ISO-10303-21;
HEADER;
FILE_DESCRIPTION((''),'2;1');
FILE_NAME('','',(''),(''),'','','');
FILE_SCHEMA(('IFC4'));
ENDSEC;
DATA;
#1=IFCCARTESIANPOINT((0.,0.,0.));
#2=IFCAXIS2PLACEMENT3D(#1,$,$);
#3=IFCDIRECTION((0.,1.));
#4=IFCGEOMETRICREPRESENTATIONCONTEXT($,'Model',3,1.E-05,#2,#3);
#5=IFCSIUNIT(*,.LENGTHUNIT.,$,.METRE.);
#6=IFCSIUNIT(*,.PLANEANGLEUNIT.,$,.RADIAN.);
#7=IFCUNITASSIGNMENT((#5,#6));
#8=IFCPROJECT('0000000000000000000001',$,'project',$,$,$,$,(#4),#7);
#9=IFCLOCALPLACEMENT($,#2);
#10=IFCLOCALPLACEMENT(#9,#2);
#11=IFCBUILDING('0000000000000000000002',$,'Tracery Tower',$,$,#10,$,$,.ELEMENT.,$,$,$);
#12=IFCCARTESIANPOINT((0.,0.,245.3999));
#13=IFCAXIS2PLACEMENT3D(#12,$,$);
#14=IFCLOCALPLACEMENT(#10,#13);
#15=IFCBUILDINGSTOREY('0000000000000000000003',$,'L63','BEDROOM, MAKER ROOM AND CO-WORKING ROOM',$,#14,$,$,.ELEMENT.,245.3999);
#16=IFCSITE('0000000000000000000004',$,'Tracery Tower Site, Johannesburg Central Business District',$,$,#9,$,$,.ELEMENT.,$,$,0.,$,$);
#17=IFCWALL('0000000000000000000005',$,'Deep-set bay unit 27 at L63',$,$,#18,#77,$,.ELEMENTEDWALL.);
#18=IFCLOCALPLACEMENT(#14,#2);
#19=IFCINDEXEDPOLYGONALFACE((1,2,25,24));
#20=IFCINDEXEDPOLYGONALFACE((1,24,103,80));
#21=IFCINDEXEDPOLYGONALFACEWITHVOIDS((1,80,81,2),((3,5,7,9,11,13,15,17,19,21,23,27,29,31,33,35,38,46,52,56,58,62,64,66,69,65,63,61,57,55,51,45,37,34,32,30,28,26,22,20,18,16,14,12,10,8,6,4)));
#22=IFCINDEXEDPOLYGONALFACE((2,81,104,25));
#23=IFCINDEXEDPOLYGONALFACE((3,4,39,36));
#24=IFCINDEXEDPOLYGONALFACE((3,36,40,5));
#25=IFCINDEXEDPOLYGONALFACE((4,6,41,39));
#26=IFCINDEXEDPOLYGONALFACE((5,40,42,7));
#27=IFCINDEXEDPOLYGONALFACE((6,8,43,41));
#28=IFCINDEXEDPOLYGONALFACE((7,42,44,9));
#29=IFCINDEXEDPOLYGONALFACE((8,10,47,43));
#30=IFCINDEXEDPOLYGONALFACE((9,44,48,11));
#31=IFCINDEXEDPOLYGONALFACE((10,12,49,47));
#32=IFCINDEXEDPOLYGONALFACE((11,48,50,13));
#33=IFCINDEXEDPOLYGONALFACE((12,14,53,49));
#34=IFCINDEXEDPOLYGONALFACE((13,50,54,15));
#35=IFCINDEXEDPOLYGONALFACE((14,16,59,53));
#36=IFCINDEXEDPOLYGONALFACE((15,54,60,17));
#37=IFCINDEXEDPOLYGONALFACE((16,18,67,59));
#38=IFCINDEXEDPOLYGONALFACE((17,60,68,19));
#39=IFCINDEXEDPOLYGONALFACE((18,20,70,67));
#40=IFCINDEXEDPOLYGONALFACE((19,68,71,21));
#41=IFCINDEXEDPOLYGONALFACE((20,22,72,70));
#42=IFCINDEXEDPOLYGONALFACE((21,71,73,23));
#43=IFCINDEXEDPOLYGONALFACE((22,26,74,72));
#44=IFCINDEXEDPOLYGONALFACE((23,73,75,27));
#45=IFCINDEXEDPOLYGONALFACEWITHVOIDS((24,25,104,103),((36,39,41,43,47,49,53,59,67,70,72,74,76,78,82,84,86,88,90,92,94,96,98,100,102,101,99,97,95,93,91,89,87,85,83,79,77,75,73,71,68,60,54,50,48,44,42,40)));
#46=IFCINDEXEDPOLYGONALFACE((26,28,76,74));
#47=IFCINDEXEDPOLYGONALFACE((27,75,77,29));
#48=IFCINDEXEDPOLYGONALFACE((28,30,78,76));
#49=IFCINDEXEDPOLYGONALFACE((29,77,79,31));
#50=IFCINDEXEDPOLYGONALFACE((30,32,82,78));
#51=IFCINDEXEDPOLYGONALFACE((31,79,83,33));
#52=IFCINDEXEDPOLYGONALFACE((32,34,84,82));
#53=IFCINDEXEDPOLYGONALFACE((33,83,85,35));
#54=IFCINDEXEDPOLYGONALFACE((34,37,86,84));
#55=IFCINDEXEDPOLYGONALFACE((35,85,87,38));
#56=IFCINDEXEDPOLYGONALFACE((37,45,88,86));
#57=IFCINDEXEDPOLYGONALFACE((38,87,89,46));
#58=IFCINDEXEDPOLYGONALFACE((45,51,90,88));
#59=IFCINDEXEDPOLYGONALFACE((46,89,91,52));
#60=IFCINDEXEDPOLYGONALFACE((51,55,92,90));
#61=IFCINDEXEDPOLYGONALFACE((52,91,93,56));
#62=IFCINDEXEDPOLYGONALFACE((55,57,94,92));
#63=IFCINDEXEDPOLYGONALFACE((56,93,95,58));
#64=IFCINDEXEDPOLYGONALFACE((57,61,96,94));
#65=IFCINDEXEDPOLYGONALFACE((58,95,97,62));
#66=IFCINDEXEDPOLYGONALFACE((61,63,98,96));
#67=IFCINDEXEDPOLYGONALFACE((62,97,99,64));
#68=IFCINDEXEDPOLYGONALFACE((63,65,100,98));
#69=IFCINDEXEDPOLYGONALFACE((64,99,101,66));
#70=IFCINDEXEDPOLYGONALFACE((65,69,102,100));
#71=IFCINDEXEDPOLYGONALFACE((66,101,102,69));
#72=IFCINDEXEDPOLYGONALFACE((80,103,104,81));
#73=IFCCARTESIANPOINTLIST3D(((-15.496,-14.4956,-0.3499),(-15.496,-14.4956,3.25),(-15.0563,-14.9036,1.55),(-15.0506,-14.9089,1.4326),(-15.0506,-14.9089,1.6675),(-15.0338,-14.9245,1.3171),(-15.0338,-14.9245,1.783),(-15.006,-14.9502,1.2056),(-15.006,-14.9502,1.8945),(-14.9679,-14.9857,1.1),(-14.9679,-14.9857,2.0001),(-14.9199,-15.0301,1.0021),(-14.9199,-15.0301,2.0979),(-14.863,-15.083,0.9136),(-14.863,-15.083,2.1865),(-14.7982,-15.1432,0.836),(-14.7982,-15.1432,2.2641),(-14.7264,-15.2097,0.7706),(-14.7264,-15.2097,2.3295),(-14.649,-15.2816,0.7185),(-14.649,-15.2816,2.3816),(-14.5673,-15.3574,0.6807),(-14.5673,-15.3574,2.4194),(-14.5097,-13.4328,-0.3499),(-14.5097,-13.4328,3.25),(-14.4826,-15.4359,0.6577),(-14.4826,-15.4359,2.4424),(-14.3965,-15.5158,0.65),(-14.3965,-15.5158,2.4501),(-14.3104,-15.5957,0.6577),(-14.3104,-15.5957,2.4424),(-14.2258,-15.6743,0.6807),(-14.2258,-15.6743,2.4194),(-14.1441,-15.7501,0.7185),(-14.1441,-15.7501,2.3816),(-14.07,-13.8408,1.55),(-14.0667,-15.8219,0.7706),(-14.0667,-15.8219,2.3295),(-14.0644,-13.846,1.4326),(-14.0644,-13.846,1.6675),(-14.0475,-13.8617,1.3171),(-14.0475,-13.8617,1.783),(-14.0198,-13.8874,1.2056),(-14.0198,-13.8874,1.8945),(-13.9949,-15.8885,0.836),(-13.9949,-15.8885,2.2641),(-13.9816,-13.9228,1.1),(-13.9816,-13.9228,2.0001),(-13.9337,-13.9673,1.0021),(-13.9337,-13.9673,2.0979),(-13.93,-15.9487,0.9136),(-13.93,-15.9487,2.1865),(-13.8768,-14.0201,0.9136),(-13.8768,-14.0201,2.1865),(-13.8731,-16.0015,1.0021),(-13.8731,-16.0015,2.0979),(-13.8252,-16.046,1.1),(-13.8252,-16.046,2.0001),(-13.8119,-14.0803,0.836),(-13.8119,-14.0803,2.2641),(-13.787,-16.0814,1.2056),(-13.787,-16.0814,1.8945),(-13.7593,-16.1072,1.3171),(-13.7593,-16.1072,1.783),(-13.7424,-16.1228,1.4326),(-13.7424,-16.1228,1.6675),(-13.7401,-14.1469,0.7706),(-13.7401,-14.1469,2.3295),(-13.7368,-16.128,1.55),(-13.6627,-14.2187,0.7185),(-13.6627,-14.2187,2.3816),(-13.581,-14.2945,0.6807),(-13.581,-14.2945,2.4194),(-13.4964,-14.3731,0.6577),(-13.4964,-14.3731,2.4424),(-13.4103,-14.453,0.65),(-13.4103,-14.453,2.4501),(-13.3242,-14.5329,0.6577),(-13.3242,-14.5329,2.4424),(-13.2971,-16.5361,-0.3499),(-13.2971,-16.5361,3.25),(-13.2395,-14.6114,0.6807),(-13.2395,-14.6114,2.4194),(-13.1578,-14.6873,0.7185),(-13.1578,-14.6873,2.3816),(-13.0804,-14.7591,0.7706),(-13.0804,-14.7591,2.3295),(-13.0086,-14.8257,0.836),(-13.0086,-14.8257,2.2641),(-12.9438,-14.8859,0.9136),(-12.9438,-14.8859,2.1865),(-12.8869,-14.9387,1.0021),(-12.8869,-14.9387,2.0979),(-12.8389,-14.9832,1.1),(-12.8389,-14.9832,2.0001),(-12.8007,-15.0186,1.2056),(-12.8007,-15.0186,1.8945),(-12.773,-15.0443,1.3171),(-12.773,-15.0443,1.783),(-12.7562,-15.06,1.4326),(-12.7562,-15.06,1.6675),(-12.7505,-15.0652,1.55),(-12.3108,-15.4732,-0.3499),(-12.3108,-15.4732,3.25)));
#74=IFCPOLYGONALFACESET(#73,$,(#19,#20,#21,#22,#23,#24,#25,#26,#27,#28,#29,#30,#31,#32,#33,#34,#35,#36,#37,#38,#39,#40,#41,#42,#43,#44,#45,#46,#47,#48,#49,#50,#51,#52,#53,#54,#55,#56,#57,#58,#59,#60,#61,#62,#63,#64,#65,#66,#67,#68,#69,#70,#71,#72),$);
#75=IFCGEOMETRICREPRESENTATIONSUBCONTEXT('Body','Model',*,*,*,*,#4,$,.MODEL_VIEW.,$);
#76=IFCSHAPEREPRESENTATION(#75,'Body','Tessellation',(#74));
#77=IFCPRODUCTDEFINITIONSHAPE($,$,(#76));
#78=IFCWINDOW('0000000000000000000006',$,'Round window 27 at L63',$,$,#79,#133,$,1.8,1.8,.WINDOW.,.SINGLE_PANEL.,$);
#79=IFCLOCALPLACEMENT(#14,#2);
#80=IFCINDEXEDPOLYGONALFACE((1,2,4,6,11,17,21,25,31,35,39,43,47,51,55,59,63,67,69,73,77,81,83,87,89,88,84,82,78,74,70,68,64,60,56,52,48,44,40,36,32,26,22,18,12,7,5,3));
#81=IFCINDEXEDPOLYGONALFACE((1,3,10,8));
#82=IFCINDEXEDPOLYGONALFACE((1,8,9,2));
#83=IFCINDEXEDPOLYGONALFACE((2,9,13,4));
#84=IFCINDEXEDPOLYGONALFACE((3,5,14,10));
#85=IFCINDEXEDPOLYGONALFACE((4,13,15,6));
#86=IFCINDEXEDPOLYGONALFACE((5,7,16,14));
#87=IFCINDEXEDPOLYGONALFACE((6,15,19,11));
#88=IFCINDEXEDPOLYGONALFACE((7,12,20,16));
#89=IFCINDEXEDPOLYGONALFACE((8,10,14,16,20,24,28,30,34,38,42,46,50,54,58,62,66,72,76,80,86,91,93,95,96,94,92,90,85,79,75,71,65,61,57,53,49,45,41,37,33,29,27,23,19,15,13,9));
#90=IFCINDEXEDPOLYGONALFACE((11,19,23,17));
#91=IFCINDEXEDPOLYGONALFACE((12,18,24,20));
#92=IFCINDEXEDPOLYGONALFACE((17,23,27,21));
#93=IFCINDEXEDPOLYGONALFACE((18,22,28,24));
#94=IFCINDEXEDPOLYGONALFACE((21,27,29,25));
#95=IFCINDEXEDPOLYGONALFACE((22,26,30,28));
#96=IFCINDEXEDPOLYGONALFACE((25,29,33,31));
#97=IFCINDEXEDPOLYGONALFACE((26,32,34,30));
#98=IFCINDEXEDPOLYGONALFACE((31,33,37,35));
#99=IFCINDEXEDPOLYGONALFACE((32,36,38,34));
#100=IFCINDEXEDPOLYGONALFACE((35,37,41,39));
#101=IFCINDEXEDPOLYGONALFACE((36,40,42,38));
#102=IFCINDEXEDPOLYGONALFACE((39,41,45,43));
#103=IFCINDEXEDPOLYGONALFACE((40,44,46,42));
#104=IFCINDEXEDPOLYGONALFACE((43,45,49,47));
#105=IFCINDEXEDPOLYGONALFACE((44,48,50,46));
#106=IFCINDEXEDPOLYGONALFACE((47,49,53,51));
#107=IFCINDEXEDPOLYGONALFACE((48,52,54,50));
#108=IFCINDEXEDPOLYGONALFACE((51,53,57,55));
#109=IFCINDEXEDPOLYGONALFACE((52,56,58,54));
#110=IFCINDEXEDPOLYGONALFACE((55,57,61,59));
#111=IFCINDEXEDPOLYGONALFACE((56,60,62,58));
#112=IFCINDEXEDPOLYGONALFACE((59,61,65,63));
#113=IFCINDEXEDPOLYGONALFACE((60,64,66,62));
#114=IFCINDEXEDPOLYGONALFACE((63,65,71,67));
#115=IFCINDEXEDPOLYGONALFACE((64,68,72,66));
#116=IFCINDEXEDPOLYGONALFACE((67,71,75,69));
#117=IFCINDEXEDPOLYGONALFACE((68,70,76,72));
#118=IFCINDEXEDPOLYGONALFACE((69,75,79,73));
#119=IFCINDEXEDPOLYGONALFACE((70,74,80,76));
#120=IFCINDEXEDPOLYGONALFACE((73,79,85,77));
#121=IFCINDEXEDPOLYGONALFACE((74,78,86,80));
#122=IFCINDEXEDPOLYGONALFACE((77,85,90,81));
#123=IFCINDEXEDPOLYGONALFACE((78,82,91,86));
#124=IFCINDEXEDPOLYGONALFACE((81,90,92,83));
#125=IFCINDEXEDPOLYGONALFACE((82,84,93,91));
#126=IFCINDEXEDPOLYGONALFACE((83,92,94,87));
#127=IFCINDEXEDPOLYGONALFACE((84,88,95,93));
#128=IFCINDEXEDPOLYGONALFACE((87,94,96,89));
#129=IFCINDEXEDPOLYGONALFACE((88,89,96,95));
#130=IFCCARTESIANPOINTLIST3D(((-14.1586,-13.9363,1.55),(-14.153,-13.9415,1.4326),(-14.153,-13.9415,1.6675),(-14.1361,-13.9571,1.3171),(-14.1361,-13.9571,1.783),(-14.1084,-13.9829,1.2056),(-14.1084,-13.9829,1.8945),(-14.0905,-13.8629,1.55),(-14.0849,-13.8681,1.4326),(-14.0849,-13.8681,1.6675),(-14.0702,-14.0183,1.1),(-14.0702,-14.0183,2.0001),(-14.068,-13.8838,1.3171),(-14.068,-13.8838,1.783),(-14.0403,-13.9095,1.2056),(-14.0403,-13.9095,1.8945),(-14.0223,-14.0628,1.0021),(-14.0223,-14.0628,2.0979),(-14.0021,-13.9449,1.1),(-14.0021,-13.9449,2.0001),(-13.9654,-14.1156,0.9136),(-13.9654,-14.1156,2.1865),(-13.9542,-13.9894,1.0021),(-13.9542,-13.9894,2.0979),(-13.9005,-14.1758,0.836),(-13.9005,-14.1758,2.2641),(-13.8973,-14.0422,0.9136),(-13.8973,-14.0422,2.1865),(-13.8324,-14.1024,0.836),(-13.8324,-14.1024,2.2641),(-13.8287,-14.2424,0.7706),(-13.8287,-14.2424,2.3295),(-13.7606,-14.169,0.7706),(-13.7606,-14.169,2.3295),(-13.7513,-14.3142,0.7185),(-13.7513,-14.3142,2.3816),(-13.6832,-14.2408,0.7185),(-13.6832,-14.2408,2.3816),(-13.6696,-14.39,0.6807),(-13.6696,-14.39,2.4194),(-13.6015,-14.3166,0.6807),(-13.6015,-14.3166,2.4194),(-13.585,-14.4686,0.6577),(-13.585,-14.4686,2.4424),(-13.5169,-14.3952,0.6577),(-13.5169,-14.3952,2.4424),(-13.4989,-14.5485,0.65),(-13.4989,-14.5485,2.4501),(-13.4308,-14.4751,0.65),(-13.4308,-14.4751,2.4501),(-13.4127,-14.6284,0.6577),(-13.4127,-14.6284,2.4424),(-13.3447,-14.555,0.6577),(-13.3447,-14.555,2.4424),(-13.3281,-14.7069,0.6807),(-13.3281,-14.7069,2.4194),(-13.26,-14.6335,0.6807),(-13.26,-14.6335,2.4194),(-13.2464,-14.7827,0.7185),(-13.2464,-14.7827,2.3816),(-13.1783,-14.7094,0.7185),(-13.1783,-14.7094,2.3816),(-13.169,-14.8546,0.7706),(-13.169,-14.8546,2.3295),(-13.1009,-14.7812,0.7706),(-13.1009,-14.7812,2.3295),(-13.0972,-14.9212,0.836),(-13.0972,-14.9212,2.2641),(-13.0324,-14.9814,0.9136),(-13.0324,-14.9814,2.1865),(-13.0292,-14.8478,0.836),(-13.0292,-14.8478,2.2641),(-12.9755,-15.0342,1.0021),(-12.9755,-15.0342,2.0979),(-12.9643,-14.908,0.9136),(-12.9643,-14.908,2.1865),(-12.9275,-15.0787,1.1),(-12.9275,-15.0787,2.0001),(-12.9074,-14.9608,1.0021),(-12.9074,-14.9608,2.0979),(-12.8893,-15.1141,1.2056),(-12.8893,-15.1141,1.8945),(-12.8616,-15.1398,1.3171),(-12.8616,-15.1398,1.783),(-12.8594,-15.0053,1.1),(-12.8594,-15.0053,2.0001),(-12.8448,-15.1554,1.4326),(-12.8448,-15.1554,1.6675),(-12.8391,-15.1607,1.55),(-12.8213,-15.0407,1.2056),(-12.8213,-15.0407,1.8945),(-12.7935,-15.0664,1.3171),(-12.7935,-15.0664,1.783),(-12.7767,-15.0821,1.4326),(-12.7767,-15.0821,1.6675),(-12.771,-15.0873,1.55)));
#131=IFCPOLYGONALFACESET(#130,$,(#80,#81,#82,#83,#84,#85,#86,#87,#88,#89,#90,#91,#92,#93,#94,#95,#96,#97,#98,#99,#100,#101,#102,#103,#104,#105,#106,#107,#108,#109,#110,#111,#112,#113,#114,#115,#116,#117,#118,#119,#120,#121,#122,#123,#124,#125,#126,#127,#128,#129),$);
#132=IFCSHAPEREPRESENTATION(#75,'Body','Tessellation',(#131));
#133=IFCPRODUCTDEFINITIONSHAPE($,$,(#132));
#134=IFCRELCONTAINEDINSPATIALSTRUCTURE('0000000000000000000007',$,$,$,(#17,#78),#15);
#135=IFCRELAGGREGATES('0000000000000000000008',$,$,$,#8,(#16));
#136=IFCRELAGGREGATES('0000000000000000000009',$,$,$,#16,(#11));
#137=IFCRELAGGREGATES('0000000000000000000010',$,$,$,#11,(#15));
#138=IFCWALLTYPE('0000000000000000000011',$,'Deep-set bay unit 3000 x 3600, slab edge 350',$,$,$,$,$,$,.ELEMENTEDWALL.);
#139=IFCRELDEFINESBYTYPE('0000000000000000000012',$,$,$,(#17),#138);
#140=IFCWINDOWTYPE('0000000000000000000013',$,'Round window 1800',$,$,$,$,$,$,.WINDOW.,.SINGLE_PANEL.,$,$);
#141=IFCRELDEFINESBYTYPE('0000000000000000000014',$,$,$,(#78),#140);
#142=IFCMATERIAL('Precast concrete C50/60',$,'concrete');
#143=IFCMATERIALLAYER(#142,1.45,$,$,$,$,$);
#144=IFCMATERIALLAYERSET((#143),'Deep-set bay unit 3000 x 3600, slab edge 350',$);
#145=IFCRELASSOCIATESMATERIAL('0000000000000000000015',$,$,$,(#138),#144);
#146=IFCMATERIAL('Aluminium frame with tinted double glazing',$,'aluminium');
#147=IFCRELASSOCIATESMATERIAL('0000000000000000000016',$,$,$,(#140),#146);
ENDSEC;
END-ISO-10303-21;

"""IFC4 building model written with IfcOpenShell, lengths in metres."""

from ifc_helpers import new_model, si_unit, direction, frame, frame_2d, origin, origin_2d, place, context, subcontext, project, spatial, rectangle, circle, extrude, material, layer, layer_set, type_object, element, fill, save


model = new_model("IFC4")

# Units and contexts
model_context = context("Model", 3, precision=1e-05, world=origin(), true_north=direction((0.0, 1.0)))
body_context = subcontext(model_context, "Body", "Model", "MODEL_VIEW")
ifc_project = project(units=[si_unit("LENGTHUNIT", "METRE"), si_unit("PLANEANGLEUNIT", "RADIAN")], contexts=[model_context])

# Site, building, storey
site_placement = place(None, origin())
site = spatial("IfcSite", under=ifc_project, at=site_placement, Name="Tracery Tower Site, Johannesburg Central Business District", CompositionType="ELEMENT", RefElevation=0.0)
building_placement = place(site_placement, origin())
building = spatial("IfcBuilding", under=site, at=building_placement, Name="Tracery Tower", CompositionType="ELEMENT")
storey_placement = place(building_placement, frame((0.0, 0.0, 245.3999)))
storey = spatial("IfcBuildingStorey", under=building, at=storey_placement, Name="L63", Description="BEDROOM, MAKER ROOM AND CO-WORKING ROOM", CompositionType="ELEMENT", Elevation=245.3999)

# Wall, opening, window
ifc_material_1 = material(Name="Precast concrete C50/60", Category="concrete")
ifc_layer_1 = layer(ifc_material_1, 1.45)
ifc_layer_set_1 = layer_set([ifc_layer_1], Name="Deep-set bay unit 3000 x 3600, slab edge 350")
wall_type_1 = type_object("IfcWallType", Name="Deep-set bay unit 3000 x 3600, slab edge 350", PredefinedType="ELEMENTEDWALL", material=ifc_layer_set_1)
wall_1_placement = place(storey_placement, frame((-15.0029, -13.9641, -0.3499), z_axis=(0.0, 0.0, 1.0), x_axis=(0.733022, -0.680204, 0.0)))
wall_1 = element("IfcWall", 1, at=wall_1_placement, inside=storey, type_object=wall_type_1, Name="Deep-set bay unit 27 at L63", PredefinedType="ELEMENTEDWALL", context=body_context, shape_type="SweptSolid", body=[
    extrude(rectangle(XDim=2.9998, YDim=1.45, at=frame_2d((1.5, 0.0))), origin(), (0.0, 0.0, 1.0), 3.5999),
])
opening_1_placement = place(wall_1_placement, frame((1.5, 0.0, 1.8999)))
opening_1 = element("IfcOpeningElement", 2, at=opening_1_placement, cuts=wall_1, PredefinedType="OPENING", context=body_context, shape_type="SweptSolid", body=[
    extrude(circle(Radius=0.9, at=origin_2d()), frame((0.0, 0.7349, 0.0), z_axis=(0.0, -1.0, 0.0), x_axis=(1.0, 0.0, 0.0)), (0.0, 0.0, 1.0), 1.47),
])
ifc_material_2 = material(Name="Aluminium frame with tinted double glazing", Category="aluminium")
window_type = type_object("IfcWindowType", Name="Round window 1800", PartitioningType="SINGLE_PANEL", PredefinedType="WINDOW", material=ifc_material_2)
window_1_placement = place(opening_1_placement, origin())
window_1 = element("IfcWindow", 3, at=window_1_placement, inside=storey, type_object=window_type, Name="Round window 27 at L63", OverallHeight=1.8, OverallWidth=1.8, PartitioningType="SINGLE_PANEL", PredefinedType="WINDOW", context=body_context, shape_type="SweptSolid", body=[
    extrude(circle(Radius=0.9, at=origin_2d()), frame((0.0, 0.6948, 0.0), z_axis=(0.0, -1.0, 0.0), x_axis=(1.0, 0.0, 0.0)), (0.0, 0.0, 1.0), 0.1001),
])
fill(opening_1, window_1)

save(model, "model.ifc")
